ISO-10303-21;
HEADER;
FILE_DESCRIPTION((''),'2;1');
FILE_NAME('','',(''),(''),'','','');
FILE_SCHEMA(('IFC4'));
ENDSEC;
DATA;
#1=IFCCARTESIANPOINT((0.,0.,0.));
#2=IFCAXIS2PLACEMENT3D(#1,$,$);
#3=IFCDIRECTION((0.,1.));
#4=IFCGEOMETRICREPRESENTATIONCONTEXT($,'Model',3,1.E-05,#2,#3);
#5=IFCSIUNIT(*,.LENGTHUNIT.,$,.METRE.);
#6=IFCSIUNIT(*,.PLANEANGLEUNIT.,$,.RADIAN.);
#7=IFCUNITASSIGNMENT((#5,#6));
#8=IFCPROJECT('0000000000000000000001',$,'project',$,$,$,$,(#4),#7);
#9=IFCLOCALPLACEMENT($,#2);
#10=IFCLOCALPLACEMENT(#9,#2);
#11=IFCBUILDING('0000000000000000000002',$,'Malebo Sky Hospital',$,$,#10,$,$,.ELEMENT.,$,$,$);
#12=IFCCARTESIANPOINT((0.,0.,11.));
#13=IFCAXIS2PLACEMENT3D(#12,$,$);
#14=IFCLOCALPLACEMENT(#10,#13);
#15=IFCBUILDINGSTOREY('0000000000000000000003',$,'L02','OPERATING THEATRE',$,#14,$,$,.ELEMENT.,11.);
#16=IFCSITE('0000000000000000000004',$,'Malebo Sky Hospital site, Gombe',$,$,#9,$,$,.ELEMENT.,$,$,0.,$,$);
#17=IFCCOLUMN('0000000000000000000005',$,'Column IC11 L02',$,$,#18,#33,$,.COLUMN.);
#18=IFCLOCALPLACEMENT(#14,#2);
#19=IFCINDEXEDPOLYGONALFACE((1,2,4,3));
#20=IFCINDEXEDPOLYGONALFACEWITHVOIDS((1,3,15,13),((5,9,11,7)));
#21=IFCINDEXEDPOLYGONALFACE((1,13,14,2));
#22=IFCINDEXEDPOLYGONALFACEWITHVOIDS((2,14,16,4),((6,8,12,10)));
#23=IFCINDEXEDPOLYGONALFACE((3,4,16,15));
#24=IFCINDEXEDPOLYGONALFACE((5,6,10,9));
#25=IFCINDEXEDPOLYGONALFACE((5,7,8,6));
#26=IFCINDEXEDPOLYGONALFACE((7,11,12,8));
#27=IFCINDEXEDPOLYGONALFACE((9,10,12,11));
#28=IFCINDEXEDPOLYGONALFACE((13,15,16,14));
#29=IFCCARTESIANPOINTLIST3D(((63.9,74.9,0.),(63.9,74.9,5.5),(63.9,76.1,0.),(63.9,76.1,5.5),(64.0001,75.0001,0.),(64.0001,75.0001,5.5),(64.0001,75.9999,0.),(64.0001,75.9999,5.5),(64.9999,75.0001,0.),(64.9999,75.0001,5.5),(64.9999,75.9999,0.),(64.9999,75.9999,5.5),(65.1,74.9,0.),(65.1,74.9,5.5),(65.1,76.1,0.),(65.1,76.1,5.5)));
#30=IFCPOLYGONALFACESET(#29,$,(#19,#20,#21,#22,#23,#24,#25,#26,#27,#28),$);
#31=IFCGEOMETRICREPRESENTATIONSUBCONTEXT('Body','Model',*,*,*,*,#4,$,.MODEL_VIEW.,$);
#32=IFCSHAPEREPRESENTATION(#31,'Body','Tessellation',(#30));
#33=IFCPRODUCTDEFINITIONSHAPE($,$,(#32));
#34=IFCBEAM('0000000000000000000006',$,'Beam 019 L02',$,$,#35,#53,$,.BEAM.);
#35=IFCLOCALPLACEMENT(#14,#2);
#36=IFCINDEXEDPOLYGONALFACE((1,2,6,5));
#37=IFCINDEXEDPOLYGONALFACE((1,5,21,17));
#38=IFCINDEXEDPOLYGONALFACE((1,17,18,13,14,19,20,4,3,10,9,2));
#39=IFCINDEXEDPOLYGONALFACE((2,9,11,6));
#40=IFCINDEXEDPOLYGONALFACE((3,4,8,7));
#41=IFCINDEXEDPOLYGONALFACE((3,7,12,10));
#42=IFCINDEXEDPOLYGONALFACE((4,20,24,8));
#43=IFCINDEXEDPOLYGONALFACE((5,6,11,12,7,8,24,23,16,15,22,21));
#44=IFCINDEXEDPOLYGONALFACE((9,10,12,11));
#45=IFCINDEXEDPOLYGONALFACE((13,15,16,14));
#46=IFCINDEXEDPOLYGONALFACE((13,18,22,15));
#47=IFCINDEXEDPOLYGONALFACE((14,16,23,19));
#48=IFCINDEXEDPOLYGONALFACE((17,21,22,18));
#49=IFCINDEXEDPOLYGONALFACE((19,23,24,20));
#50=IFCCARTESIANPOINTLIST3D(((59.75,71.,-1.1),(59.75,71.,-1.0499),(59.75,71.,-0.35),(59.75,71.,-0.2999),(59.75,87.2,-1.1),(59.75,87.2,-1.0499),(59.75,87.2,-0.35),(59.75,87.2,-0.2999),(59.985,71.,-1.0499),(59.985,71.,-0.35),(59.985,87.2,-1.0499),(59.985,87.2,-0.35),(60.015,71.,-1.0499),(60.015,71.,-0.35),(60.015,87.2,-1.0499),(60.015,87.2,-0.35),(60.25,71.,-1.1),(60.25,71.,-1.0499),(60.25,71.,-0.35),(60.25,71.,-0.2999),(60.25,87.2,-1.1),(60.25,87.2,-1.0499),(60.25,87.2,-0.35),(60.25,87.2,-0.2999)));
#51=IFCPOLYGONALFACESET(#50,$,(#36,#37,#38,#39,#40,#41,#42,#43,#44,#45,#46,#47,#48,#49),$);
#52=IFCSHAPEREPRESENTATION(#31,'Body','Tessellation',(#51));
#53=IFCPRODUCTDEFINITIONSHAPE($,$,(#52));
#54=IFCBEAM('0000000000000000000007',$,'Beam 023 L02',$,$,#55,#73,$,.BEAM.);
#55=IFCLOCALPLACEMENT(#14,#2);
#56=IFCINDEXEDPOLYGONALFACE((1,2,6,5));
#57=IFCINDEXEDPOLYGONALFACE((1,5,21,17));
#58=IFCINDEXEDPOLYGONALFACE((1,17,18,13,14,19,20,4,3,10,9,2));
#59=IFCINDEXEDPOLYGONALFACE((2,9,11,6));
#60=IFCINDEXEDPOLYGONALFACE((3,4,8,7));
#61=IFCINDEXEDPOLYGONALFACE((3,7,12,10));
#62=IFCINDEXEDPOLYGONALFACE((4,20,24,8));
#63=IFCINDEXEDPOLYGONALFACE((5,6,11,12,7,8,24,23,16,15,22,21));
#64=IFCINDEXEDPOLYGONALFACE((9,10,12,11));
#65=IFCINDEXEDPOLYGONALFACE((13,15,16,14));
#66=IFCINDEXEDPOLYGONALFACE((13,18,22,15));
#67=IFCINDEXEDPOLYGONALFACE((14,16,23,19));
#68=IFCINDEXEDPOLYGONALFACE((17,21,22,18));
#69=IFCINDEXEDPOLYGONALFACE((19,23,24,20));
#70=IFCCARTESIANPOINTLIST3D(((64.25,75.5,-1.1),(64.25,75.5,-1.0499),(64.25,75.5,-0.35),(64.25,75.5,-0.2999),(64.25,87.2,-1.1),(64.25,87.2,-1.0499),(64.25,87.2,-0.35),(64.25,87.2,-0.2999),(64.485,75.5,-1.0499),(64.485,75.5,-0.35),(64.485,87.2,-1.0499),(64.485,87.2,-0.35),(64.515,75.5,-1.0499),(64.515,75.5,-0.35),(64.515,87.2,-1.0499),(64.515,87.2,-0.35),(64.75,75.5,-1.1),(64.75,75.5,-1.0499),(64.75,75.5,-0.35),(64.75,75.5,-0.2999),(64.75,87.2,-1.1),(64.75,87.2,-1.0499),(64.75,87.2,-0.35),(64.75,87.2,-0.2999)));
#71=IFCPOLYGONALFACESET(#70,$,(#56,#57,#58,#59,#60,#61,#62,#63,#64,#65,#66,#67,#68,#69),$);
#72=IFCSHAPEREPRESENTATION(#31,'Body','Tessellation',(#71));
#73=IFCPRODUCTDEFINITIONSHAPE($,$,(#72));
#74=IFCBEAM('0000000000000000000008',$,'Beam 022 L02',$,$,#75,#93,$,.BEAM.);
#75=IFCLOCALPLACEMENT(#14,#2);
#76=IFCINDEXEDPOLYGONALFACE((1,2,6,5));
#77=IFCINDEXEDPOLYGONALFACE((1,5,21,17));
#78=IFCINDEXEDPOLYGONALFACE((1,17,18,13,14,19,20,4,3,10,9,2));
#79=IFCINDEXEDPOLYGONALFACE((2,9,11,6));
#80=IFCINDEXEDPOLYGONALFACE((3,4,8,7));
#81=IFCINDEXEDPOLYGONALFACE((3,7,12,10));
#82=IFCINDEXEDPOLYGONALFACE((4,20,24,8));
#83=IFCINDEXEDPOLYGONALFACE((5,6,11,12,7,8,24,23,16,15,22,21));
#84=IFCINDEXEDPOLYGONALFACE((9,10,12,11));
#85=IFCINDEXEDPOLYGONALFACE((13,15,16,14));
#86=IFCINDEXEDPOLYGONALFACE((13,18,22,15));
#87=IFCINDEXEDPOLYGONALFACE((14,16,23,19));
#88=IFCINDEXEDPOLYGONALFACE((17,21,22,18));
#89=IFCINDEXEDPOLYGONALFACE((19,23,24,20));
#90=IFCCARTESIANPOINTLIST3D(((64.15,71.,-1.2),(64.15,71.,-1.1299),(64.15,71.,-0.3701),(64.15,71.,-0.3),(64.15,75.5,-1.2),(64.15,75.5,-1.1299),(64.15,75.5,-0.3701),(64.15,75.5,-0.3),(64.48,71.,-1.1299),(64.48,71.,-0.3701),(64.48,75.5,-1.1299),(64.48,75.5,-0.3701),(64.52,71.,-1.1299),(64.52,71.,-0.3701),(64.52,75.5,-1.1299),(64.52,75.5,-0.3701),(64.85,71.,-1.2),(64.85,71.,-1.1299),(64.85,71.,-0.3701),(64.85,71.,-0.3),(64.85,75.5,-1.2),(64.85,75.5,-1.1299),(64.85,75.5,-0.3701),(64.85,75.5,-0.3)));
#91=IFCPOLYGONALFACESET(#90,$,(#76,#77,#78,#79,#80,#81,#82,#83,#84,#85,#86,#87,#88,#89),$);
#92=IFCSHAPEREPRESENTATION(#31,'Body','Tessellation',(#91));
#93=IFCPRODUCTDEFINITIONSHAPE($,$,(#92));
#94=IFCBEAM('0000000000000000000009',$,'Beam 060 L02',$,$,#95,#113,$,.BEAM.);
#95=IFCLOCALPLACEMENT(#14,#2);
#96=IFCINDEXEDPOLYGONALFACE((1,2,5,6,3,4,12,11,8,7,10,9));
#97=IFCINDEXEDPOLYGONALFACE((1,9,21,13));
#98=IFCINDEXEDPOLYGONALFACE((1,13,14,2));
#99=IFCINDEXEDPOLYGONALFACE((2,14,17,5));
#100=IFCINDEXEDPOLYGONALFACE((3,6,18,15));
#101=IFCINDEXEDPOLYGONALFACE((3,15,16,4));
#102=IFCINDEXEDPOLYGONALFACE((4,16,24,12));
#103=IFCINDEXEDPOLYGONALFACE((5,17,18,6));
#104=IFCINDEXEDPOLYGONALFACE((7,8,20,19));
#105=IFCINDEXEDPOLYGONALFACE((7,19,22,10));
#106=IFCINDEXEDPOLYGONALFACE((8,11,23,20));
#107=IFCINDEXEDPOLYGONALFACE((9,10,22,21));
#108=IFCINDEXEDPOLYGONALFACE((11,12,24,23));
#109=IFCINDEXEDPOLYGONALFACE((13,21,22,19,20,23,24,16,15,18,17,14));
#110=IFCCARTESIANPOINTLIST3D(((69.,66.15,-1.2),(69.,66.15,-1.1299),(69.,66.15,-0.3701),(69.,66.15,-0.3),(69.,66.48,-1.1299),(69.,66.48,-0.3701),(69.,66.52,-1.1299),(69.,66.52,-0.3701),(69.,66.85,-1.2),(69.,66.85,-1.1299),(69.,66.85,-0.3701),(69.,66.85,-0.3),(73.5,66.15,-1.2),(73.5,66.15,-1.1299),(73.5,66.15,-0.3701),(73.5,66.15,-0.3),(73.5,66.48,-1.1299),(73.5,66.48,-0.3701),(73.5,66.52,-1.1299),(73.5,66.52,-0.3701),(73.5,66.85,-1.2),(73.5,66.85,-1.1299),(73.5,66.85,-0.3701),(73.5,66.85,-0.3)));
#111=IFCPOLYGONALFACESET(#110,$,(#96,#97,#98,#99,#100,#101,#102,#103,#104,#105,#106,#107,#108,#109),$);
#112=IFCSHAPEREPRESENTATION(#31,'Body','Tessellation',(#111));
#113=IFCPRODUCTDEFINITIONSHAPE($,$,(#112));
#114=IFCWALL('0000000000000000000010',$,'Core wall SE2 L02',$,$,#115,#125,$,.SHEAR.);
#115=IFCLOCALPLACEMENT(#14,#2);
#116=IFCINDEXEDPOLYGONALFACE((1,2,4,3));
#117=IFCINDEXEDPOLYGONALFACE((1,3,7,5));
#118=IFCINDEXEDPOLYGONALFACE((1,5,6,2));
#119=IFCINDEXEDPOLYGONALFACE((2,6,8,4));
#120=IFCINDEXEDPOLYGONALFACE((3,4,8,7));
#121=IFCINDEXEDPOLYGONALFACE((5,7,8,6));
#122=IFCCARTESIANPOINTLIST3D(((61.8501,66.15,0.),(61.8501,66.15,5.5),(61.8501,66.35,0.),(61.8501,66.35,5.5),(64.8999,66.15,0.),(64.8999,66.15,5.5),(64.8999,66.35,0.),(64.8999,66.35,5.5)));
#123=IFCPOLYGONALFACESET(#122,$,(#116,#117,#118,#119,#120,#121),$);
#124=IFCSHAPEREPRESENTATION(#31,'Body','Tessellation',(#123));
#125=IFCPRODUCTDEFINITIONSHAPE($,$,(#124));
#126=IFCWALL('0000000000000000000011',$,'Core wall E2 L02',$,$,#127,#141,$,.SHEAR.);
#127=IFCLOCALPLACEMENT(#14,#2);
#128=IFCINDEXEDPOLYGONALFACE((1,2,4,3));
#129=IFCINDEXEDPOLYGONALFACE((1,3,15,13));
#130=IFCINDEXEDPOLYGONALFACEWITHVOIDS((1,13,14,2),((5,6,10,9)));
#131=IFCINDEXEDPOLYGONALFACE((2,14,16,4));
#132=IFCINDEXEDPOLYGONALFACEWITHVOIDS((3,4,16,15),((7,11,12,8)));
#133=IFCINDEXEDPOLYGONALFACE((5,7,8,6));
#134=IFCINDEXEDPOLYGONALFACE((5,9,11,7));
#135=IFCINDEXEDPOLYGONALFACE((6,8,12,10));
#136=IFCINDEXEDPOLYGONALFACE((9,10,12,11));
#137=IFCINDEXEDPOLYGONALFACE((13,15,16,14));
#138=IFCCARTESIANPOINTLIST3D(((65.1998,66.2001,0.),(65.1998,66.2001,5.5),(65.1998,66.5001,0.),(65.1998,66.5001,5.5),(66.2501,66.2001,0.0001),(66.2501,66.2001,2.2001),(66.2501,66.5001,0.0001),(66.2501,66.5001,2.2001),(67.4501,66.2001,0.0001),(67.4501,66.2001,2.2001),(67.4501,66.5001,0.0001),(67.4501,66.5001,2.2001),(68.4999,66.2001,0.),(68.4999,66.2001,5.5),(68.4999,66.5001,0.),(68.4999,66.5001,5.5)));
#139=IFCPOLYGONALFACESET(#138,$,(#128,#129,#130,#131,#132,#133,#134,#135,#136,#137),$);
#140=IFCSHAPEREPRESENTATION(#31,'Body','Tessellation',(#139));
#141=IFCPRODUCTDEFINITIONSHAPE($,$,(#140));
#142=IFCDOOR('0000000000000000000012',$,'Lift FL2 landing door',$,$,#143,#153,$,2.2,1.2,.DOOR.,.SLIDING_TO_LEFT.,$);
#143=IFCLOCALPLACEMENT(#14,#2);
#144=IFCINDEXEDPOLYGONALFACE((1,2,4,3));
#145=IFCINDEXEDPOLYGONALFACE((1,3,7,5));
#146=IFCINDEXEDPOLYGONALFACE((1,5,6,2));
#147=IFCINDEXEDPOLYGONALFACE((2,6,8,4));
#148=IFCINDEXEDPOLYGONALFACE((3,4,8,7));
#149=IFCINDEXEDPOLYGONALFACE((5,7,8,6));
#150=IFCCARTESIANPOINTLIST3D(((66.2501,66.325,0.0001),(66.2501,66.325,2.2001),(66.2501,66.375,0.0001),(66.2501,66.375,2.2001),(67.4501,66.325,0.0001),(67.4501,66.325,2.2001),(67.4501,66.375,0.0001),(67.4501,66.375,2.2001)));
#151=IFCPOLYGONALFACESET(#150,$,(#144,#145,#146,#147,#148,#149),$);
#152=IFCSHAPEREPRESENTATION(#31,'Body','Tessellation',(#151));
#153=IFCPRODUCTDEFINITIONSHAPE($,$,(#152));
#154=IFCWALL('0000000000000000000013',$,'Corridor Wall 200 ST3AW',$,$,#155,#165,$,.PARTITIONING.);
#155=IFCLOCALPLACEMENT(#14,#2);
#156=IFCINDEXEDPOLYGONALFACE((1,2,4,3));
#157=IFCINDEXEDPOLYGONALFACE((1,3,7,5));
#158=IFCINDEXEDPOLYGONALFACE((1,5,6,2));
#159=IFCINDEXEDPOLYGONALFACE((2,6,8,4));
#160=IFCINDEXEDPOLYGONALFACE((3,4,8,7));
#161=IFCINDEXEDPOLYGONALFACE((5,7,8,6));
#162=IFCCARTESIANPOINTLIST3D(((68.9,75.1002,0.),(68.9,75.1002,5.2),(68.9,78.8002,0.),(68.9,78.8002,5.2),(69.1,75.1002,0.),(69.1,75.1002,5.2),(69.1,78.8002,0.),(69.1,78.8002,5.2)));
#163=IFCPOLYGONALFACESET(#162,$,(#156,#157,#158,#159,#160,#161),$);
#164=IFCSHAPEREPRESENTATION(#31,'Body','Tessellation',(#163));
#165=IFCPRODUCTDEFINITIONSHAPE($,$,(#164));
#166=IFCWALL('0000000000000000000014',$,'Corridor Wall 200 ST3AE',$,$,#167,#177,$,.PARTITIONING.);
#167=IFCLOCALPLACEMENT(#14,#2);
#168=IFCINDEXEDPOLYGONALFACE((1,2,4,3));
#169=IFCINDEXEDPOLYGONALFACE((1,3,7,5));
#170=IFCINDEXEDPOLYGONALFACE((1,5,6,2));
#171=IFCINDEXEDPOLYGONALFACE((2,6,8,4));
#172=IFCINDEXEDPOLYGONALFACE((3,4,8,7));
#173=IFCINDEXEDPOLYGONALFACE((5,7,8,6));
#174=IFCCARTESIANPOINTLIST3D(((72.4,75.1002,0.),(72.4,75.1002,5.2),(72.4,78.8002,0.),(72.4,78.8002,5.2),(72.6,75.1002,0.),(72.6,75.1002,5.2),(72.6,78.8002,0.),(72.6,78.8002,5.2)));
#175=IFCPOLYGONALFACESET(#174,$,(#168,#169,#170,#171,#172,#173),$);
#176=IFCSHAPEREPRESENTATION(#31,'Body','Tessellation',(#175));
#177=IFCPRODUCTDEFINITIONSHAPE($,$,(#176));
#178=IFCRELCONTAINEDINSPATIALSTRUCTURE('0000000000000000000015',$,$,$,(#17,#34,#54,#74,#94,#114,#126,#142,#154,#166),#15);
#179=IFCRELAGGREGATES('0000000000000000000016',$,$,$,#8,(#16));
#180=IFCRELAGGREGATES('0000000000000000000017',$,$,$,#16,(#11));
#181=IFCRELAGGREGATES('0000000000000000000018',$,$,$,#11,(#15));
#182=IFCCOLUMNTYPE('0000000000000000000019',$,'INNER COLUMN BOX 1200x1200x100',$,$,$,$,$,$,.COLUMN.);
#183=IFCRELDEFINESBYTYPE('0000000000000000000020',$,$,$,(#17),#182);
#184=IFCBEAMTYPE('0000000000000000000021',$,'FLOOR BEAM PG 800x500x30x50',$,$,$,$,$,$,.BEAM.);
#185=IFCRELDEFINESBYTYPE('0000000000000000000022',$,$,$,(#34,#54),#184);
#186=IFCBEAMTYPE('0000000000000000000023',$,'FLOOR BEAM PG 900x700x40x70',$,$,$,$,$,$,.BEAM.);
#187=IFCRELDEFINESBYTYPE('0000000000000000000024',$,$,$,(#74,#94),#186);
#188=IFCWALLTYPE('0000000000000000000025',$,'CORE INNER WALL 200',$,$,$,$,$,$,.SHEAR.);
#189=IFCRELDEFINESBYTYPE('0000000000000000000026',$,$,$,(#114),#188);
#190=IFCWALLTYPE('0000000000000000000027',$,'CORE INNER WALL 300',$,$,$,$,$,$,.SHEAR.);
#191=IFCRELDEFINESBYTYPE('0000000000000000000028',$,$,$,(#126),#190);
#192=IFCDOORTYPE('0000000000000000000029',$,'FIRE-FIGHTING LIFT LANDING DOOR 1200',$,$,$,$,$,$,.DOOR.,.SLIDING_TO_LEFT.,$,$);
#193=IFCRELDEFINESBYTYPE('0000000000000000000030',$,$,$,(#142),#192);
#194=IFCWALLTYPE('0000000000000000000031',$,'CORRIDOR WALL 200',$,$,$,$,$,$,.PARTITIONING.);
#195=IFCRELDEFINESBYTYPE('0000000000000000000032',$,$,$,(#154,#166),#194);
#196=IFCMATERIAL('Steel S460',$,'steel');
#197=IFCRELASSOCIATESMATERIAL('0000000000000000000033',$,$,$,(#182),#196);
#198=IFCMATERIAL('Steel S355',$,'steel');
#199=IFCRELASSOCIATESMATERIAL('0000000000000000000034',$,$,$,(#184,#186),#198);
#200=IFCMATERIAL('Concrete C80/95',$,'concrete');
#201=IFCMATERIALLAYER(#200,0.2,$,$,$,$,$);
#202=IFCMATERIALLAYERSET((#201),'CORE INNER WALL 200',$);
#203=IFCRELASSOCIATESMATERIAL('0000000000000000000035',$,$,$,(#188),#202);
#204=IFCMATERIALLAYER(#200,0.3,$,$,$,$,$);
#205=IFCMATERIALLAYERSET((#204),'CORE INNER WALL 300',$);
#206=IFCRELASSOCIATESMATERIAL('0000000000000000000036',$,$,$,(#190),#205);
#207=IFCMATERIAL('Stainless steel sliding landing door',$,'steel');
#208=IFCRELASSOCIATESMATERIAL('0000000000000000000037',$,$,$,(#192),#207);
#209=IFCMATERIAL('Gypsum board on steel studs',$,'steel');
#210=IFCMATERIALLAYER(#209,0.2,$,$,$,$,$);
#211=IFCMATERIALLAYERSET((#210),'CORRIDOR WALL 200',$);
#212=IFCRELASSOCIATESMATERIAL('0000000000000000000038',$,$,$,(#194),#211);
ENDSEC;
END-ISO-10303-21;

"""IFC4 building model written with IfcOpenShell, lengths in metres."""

from ifc_helpers import new_model, si_unit, direction, frame, frame_2d, origin, origin_2d, place, context, subcontext, project, spatial, rectangle, hollow_rectangle, i_section, extrude, material, layer, layer_set, material_profile, profile_set, type_object, element, fill, save


model = new_model("IFC4")

# Units and contexts
model_context = context("Model", 3, precision=1e-05, world=origin(), true_north=direction((0.0, 1.0)))
body_context = subcontext(model_context, "Body", "Model", "MODEL_VIEW")
ifc_project = project(units=[si_unit("LENGTHUNIT", "METRE"), si_unit("PLANEANGLEUNIT", "RADIAN")], contexts=[model_context])

# Site, building, storey
site_placement = place(None, origin())
site = spatial("IfcSite", under=ifc_project, at=site_placement, Name="Malebo Sky Hospital site, Gombe", CompositionType="ELEMENT", RefElevation=0.0)
building_placement = place(site_placement, origin())
building = spatial("IfcBuilding", under=site, at=building_placement, Name="Malebo Sky Hospital", CompositionType="ELEMENT")
storey_placement = place(building_placement, frame((0.0, 0.0, 11.0)))
storey = spatial("IfcBuildingStorey", under=building, at=storey_placement, Name="L02", Description="OPERATING THEATRE", CompositionType="ELEMENT", Elevation=11.0)

# Column
ifc_material_1 = material(Name="Steel S460", Category="steel")
ifc_material_profile_1 = material_profile(ifc_material_1, hollow_rectangle(XDim=1.2, YDim=1.2, WallThickness=0.1001, at=origin_2d()), Name="BOX 1200x1200x100")
ifc_profile_set_1 = profile_set([ifc_material_profile_1], Name="Steel S460")
column_type = type_object("IfcColumnType", Name="INNER COLUMN BOX 1200x1200x100", PredefinedType="COLUMN", material=ifc_profile_set_1)
column_placement = place(storey_placement, frame((64.5, 75.5, 0.0), z_axis=(0.0, 0.0, 1.0), x_axis=(1.0, 0.0, 0.0)))
element("IfcColumn", 1, at=column_placement, inside=storey, type_object=column_type, Name="Column IC11 L02", PredefinedType="COLUMN", context=body_context, shape_type="SweptSolid", body=[
    extrude(hollow_rectangle(XDim=1.2, YDim=1.2, WallThickness=0.1001, at=origin_2d()), origin(), (0.0, 0.0, 1.0), 5.5),
])

# Beams
ifc_material_2 = material(Name="Steel S355", Category="steel")
ifc_material_profile_2 = material_profile(ifc_material_2, i_section(OverallWidth=0.5, OverallDepth=0.8, WebThickness=0.03, FlangeThickness=0.05, at=origin_2d()), Name="PG 800x500x30x50")
ifc_profile_set_2 = profile_set([ifc_material_profile_2], Name="Steel S355")
beam_type_1 = type_object("IfcBeamType", Name="FLOOR BEAM PG 800x500x30x50", PredefinedType="BEAM", material=ifc_profile_set_2)
beam_1_placement = place(storey_placement, frame((60.0, 71.0, -0.7), z_axis=(0.0, 1.0, 0.0), x_axis=(-1.0, 0.0, 0.0)))
element("IfcBeam", 2, at=beam_1_placement, inside=storey, type_object=beam_type_1, Name="Beam 019 L02", PredefinedType="BEAM", context=body_context, shape_type="SweptSolid", body=[
    extrude(i_section(OverallWidth=0.5, OverallDepth=0.8, WebThickness=0.03, FlangeThickness=0.05, at=origin_2d()), origin(), (0.0, 0.0, 1.0), 16.2),
])
beam_2_placement = place(storey_placement, frame((64.5, 75.5, -0.7), z_axis=(0.0, 1.0, 0.0), x_axis=(-1.0, 0.0, 0.0)))
element("IfcBeam", 3, at=beam_2_placement, inside=storey, type_object=beam_type_1, Name="Beam 023 L02", PredefinedType="BEAM", context=body_context, shape_type="SweptSolid", body=[
    extrude(i_section(OverallWidth=0.5, OverallDepth=0.8, WebThickness=0.03, FlangeThickness=0.05, at=origin_2d()), origin(), (0.0, 0.0, 1.0), 11.7),
])
ifc_material_profile_3 = material_profile(ifc_material_2, i_section(OverallWidth=0.7, OverallDepth=0.8999, WebThickness=0.04, FlangeThickness=0.0701, at=origin_2d()), Name="PG 900x700x40x70")
ifc_profile_set_3 = profile_set([ifc_material_profile_3], Name="Steel S355")
beam_type_2 = type_object("IfcBeamType", Name="FLOOR BEAM PG 900x700x40x70", PredefinedType="BEAM", material=ifc_profile_set_3)
for number, where, z_axis, x_axis, name in (
    (4, (64.5, 71.0, -0.75), (0.0, 1.0, 0.0), (-1.0, 0.0, 0.0), "Beam 022 L02"),
    (5, (69.0, 66.5, -0.75), (1.0, 0.0, 0.0), (0.0, 1.0, 0.0), "Beam 060 L02"),
):
    element("IfcBeam", number, at=place(storey_placement, frame(where, z_axis=z_axis, x_axis=x_axis)), inside=storey, type_object=beam_type_2, Name=name, PredefinedType="BEAM", context=body_context, shape_type="SweptSolid", body=[
        extrude(i_section(OverallWidth=0.7, OverallDepth=0.8999, WebThickness=0.04, FlangeThickness=0.0701, at=origin_2d()), origin(), (0.0, 0.0, 1.0), 4.5),
    ])

# Wall
ifc_material_3 = material(Name="Concrete C80/95", Category="concrete")
ifc_layer_1 = layer(ifc_material_3, 0.2)
ifc_layer_set_1 = layer_set([ifc_layer_1], Name="CORE INNER WALL 200")
wall_type_1 = type_object("IfcWallType", Name="CORE INNER WALL 200", PredefinedType="SHEAR", material=ifc_layer_set_1)
wall_1_placement = place(storey_placement, frame((61.8501, 66.25, 0.0), z_axis=(0.0, 0.0, 1.0), x_axis=(1.0, 0.0, 0.0)))
element("IfcWall", 6, at=wall_1_placement, inside=storey, type_object=wall_type_1, Name="Core wall SE2 L02", PredefinedType="SHEAR", context=body_context, shape_type="SweptSolid", body=[
    extrude(rectangle(XDim=3.0498, YDim=0.2, at=frame_2d((1.5249, 0.0))), origin(), (0.0, 0.0, 1.0), 5.5),
])

# Wall, opening, door
ifc_layer_2 = layer(ifc_material_3, 0.3)
ifc_layer_set_2 = layer_set([ifc_layer_2], Name="CORE INNER WALL 300")
wall_type_2 = type_object("IfcWallType", Name="CORE INNER WALL 300", PredefinedType="SHEAR", material=ifc_layer_set_2)
wall_2_placement = place(storey_placement, frame((65.2, 66.3501, 0.0), z_axis=(0.0, 0.0, 1.0), x_axis=(1.0, 0.0, 0.0)))
wall_2 = element("IfcWall", 7, at=wall_2_placement, inside=storey, type_object=wall_type_2, Name="Core wall E2 L02", PredefinedType="SHEAR", context=body_context, shape_type="SweptSolid", body=[
    extrude(rectangle(XDim=3.3, YDim=0.3, at=frame_2d((1.6499, 0.0))), origin(), (0.0, 0.0, 1.0), 5.5),
])
opening_1_placement = place(wall_2_placement, frame((1.05, 0.0, 0.0)))
opening_1 = element("IfcOpeningElement", 8, at=opening_1_placement, cuts=wall_2, PredefinedType="OPENING", context=body_context, shape_type="SweptSolid", body=[
    extrude(rectangle(XDim=1.2, YDim=2.2, at=frame_2d((0.6001, 1.1001))), frame((0.0, 0.1599, 0.0), z_axis=(0.0, -1.0, 0.0), x_axis=(1.0, 0.0, 0.0)), (0.0, 0.0, 1.0), 0.3201),
])
ifc_material_4 = material(Name="Stainless steel sliding landing door", Category="steel")
door_type_1 = type_object("IfcDoorType", Name="FIRE-FIGHTING LIFT LANDING DOOR 1200", OperationType="SLIDING_TO_LEFT", PredefinedType="DOOR", material=ifc_material_4)
door_1_placement = place(opening_1_placement, origin())
door_1 = element("IfcDoor", 9, at=door_1_placement, inside=storey, type_object=door_type_1, Name="Lift FL2 landing door", OperationType="SLIDING_TO_LEFT", OverallHeight=2.2, OverallWidth=1.2, PredefinedType="DOOR", context=body_context, shape_type="SweptSolid", body=[
    extrude(rectangle(XDim=1.2, YDim=2.2, at=frame_2d((0.6001, 1.1001))), frame((0.0, 0.0249, 0.0), z_axis=(0.0, -1.0, 0.0), x_axis=(1.0, 0.0, 0.0)), (0.0, 0.0, 1.0), 0.05),
])
fill(opening_1, door_1)

# Walls
ifc_material_5 = material(Name="Gypsum board on steel studs", Category="steel")
ifc_layer_3 = layer(ifc_material_5, 0.2)
ifc_layer_set_3 = layer_set([ifc_layer_3], Name="CORRIDOR WALL 200")
wall_type_3 = type_object("IfcWallType", Name="CORRIDOR WALL 200", PredefinedType="PARTITIONING", material=ifc_layer_set_3)
for number, where, z_axis, x_axis, name in (
    (10, (69.0, 75.1001, 0.0), (0.0, 0.0, 1.0), (0.0, 1.0, 0.0), "Corridor Wall 200 ST3AW"),
    (11, (72.5, 75.1001, 0.0), (0.0, 0.0, 1.0), (0.0, 1.0, 0.0), "Corridor Wall 200 ST3AE"),
):
    element("IfcWall", number, at=place(storey_placement, frame(where, z_axis=z_axis, x_axis=x_axis)), inside=storey, type_object=wall_type_3, Name=name, PredefinedType="PARTITIONING", context=body_context, shape_type="SweptSolid", body=[
        extrude(rectangle(XDim=3.7, YDim=0.2, at=frame_2d((1.8501, 0.0))), origin(), (0.0, 0.0, 1.0), 5.2),
    ])

save(model, "model.ifc")
